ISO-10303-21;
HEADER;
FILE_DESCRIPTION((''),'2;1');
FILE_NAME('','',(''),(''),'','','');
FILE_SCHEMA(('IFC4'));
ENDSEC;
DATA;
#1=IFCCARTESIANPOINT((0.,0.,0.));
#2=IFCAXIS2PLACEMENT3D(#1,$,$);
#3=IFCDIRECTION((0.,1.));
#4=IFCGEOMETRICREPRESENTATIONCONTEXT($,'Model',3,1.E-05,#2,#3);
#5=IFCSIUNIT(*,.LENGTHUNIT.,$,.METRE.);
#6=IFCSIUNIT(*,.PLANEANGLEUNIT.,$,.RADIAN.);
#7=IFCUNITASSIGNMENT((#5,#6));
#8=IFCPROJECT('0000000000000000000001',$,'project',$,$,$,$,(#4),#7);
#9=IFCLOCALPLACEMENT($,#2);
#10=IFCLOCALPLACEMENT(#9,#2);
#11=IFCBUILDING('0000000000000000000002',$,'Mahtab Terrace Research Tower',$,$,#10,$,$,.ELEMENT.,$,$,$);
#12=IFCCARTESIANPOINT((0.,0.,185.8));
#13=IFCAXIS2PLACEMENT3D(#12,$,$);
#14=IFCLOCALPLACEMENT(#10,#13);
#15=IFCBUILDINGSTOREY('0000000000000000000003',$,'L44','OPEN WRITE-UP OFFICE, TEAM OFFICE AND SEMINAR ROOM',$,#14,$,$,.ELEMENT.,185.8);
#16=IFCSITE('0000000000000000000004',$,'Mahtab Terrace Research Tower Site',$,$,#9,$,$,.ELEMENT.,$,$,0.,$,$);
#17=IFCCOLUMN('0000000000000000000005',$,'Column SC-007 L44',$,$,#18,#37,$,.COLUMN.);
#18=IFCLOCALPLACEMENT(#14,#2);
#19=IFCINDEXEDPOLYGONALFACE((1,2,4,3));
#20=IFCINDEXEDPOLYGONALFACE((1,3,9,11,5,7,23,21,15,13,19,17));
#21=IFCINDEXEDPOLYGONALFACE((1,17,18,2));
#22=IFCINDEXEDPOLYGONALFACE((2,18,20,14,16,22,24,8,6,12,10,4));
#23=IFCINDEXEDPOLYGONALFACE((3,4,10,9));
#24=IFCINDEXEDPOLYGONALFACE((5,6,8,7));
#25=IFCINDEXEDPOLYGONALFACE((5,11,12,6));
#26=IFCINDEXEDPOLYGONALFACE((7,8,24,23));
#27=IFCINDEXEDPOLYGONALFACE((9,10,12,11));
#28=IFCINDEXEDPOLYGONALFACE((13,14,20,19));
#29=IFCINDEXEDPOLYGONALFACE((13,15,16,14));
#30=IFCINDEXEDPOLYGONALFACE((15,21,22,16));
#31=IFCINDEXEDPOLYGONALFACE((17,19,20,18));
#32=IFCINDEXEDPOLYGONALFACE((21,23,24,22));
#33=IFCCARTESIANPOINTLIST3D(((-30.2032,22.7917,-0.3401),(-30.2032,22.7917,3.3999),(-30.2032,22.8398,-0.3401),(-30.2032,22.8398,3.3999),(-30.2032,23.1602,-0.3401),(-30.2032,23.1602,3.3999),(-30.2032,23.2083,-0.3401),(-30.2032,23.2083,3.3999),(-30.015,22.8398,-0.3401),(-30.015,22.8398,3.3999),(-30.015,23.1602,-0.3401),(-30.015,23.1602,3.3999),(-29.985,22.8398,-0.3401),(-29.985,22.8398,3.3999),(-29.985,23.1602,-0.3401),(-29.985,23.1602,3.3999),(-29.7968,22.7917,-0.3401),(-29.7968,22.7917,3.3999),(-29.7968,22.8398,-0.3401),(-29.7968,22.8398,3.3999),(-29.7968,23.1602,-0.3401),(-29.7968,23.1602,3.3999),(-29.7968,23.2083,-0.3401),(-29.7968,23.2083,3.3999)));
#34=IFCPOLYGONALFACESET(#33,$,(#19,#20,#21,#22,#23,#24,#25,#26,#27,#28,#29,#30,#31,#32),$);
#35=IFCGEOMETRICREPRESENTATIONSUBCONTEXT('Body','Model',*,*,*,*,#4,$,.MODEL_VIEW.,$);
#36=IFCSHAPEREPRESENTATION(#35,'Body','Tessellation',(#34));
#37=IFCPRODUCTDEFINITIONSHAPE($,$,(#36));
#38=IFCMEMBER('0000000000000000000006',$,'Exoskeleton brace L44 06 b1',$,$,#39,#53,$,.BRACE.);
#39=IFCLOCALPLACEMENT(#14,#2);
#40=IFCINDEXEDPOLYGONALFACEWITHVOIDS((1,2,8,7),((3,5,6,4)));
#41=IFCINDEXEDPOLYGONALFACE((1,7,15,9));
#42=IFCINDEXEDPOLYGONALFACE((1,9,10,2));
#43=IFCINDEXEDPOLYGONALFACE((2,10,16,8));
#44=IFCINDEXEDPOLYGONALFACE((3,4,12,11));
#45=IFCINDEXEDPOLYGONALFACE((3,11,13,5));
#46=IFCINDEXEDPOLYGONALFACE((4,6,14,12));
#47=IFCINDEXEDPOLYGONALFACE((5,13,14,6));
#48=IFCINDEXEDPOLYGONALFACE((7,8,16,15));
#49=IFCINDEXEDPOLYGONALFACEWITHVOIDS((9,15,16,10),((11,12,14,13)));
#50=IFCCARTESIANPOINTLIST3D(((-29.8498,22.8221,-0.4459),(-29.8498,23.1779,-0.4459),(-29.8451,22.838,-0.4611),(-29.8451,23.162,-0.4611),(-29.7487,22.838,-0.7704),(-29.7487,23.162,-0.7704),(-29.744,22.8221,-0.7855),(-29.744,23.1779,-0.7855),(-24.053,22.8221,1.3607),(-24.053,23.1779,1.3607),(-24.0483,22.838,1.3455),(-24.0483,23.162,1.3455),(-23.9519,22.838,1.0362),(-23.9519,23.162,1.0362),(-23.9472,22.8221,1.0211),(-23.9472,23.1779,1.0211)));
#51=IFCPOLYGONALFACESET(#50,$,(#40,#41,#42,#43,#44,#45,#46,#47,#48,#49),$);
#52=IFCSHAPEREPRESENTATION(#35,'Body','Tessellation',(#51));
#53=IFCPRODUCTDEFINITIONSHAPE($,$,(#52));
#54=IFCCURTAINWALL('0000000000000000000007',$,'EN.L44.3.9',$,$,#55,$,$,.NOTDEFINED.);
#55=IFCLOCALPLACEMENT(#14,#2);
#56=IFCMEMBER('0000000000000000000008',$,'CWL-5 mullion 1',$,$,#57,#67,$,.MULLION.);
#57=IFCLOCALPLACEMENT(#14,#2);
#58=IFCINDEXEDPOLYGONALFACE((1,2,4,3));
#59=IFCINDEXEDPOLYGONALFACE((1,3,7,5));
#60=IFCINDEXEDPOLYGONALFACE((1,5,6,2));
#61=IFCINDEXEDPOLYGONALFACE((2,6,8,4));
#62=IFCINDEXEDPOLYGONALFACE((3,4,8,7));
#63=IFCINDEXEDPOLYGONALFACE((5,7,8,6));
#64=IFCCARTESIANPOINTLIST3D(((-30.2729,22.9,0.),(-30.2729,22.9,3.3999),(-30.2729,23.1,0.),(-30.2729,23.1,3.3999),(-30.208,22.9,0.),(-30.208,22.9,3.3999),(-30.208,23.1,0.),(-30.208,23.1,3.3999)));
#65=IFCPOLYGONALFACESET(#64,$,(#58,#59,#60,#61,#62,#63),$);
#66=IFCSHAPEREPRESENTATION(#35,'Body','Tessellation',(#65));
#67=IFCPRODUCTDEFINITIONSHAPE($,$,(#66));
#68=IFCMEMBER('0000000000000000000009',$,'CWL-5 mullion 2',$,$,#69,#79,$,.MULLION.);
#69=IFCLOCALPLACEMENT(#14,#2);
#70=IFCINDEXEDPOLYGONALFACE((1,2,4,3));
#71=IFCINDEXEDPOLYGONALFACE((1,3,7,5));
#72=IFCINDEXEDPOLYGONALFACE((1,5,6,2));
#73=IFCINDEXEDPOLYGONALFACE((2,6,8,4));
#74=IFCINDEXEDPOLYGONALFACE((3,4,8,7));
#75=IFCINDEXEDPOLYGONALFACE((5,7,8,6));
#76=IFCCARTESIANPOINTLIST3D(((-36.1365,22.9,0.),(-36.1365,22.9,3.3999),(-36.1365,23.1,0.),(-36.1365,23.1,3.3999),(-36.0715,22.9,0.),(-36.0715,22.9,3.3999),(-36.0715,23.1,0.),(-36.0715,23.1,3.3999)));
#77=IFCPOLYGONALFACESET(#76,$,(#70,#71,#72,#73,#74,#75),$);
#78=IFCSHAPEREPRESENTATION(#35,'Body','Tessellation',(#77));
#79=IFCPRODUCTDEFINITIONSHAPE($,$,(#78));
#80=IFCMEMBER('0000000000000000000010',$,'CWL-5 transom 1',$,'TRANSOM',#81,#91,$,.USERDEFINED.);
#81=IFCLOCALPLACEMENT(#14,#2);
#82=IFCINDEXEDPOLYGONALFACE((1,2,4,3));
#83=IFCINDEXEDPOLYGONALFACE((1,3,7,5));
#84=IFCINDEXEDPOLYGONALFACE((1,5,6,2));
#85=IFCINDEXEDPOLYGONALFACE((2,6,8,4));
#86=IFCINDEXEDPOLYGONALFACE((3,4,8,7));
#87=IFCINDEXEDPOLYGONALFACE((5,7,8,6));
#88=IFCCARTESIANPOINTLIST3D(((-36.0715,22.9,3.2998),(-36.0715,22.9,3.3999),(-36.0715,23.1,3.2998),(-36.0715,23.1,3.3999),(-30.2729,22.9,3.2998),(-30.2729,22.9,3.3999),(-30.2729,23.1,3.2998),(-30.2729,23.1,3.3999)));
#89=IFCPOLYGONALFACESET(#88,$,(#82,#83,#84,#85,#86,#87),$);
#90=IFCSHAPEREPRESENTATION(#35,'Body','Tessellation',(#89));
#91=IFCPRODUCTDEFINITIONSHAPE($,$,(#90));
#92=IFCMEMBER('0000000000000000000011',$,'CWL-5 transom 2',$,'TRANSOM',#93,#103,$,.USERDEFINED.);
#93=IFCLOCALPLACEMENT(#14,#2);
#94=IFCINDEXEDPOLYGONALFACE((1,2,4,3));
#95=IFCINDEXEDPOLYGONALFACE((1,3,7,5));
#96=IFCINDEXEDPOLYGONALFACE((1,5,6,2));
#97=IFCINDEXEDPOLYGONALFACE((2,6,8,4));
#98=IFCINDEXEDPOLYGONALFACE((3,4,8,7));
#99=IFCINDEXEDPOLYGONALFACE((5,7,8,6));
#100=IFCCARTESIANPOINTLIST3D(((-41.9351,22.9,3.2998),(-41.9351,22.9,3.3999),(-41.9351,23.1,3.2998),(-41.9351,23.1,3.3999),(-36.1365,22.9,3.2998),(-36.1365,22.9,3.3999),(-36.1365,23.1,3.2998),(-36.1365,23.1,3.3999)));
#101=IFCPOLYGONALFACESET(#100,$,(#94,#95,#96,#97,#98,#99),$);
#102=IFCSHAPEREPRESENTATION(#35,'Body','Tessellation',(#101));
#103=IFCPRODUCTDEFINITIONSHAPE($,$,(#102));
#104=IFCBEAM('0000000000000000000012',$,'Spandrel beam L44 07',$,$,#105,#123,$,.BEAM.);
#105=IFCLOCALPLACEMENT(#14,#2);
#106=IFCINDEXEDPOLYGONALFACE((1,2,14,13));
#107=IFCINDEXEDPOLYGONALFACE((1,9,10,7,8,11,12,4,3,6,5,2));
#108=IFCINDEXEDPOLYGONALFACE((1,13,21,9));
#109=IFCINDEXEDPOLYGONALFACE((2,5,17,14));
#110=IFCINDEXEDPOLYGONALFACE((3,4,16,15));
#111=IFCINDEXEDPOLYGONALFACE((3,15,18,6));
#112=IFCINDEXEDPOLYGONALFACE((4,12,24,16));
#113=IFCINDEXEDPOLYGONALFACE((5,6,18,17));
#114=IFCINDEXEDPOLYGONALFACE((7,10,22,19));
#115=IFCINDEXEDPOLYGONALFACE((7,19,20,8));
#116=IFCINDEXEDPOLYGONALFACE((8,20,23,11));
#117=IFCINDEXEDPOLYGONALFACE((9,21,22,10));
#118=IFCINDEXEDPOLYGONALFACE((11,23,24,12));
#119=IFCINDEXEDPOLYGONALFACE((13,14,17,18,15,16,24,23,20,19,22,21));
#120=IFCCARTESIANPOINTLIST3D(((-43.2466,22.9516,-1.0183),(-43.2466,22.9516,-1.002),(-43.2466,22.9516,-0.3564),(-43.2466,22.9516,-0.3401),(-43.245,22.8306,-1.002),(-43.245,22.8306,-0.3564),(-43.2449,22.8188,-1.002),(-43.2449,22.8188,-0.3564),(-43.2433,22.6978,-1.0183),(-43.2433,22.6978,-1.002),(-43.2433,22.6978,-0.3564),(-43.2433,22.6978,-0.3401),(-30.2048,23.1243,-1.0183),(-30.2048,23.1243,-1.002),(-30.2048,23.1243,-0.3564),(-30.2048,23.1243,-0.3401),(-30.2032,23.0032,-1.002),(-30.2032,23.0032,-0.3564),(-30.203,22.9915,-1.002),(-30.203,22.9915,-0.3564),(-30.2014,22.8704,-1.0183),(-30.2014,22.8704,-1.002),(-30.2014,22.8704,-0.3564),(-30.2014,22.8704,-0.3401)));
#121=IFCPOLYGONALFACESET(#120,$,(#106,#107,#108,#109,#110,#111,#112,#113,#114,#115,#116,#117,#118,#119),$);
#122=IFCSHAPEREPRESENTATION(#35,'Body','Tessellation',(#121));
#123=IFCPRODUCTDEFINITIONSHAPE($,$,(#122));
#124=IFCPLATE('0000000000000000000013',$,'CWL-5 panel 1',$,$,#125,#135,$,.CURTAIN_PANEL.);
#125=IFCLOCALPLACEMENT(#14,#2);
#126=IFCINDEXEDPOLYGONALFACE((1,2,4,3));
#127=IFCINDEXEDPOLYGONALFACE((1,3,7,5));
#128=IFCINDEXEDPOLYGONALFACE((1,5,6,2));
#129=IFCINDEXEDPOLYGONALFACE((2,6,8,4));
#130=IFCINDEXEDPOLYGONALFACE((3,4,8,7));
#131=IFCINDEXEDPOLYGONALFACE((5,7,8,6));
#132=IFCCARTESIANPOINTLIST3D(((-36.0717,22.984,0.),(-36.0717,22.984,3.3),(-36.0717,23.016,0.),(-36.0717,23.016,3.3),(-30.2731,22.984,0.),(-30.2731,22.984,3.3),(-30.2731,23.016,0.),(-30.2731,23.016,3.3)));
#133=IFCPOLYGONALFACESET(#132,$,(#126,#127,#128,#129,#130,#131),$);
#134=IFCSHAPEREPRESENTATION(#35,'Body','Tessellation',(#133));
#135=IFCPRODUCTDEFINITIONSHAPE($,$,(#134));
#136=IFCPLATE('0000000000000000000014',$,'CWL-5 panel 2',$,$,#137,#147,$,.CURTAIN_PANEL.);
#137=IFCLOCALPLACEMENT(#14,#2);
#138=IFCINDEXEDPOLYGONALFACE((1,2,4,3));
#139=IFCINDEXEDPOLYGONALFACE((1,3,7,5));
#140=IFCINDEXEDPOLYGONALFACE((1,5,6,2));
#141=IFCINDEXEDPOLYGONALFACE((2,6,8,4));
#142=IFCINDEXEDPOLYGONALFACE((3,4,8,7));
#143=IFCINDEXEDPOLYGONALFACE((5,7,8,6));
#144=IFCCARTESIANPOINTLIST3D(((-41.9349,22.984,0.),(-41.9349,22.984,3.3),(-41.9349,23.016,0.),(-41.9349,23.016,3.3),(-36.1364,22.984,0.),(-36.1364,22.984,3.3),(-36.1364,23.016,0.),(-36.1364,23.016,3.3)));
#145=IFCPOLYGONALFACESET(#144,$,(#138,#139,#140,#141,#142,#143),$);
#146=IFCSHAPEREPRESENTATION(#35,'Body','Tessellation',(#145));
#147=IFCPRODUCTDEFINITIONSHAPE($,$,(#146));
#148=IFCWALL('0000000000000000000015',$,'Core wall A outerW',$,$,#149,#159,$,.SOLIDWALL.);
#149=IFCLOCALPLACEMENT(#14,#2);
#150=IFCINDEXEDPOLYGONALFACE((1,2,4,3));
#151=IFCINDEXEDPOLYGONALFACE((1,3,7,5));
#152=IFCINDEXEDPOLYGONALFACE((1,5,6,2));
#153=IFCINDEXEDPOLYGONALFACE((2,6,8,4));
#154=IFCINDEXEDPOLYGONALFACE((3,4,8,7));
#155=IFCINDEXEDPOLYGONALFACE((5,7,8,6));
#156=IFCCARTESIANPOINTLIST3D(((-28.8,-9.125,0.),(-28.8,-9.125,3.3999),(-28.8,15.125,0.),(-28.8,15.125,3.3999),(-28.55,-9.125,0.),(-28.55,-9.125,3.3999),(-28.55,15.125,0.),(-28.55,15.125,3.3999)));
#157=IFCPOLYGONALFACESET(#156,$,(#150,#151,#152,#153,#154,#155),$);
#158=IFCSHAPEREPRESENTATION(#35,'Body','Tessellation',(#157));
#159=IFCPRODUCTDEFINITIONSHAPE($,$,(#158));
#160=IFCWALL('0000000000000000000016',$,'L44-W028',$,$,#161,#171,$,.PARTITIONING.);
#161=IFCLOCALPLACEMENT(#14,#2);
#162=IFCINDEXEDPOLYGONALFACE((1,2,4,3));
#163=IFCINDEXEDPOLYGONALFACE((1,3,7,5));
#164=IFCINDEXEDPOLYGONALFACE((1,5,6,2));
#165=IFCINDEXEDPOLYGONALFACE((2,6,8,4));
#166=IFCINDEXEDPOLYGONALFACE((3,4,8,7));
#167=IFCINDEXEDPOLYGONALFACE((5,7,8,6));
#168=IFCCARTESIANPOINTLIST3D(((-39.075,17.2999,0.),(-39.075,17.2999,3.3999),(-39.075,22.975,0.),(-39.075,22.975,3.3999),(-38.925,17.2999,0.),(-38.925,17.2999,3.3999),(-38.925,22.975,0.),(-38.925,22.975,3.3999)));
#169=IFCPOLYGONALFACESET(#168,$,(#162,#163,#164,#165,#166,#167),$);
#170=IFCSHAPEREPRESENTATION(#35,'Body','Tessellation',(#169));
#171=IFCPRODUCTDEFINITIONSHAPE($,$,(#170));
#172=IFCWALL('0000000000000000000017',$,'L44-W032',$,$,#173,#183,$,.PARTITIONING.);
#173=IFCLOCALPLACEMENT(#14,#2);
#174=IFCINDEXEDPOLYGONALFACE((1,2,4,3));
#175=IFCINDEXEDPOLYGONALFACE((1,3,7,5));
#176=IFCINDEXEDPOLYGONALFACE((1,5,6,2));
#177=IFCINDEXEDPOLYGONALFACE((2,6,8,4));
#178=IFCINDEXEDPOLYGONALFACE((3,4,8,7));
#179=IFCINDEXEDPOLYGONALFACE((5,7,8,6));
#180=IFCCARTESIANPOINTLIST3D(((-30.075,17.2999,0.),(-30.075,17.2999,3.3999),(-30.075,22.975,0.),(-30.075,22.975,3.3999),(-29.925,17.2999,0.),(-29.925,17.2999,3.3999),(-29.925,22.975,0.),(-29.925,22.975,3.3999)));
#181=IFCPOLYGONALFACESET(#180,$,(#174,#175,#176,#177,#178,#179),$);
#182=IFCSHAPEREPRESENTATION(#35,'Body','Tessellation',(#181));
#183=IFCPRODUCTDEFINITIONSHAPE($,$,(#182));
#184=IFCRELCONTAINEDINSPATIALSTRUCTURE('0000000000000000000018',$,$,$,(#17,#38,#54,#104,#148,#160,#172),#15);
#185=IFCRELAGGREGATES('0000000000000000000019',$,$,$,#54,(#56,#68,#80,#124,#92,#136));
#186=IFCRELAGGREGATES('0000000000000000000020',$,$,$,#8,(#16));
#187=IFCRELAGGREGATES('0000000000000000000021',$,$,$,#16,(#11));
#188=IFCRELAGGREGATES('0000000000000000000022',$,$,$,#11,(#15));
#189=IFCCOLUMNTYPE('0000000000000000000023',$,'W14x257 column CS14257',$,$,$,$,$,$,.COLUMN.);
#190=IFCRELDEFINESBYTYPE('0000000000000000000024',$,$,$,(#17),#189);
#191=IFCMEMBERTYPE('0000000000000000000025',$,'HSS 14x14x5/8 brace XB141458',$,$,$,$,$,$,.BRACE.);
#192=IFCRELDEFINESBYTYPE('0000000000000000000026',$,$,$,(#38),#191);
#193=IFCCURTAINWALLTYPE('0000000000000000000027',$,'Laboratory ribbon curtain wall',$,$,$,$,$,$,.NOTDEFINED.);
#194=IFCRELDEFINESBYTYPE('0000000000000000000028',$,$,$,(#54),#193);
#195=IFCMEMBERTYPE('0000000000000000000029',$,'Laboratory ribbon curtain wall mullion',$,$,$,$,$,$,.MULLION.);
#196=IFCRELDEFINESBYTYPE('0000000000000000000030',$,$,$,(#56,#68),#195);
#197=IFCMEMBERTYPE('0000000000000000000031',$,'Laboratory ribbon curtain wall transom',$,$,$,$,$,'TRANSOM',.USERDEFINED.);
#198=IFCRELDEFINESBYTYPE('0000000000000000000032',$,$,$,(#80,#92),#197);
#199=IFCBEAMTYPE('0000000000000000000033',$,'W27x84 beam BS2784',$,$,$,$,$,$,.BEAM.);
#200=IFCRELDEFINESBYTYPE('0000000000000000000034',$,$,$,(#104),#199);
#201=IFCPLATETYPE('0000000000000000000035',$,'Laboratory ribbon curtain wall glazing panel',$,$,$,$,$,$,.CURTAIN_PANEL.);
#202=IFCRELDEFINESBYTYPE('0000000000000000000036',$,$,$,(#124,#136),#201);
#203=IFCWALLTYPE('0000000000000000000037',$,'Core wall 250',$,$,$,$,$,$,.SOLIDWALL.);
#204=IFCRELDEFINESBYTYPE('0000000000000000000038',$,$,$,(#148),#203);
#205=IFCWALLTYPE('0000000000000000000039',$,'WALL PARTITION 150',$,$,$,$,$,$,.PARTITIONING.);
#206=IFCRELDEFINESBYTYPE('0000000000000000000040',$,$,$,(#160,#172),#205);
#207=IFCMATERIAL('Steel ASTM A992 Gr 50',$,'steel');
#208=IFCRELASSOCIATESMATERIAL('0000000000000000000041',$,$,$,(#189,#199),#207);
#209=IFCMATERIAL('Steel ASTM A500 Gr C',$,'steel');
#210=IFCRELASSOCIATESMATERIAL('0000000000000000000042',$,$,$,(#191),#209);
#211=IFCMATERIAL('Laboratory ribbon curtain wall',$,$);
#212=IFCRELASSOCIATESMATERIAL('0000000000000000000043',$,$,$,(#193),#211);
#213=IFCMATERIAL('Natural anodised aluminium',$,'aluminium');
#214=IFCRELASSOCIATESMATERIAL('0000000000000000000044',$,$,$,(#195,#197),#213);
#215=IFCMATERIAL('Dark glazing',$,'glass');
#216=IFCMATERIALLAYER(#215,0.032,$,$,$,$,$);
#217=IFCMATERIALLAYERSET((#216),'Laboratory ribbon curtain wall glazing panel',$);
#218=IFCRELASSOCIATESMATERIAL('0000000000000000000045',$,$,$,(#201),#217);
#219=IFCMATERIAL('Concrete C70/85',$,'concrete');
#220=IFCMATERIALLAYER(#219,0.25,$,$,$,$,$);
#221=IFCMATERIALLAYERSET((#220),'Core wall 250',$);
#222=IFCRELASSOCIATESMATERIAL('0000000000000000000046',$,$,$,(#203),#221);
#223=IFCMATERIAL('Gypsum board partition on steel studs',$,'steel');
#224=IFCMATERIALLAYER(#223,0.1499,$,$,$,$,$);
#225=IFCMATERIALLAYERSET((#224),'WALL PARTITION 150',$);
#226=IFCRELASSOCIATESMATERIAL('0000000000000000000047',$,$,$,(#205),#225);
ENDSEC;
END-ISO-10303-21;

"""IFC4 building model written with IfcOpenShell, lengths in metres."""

from ifc_helpers import new_model, si_unit, direction, frame, frame_2d, origin, origin_2d, place, context, subcontext, project, spatial, rectangle, hollow_rectangle, i_section, extrude, material, layer, layer_set, material_profile, profile_set, type_object, element, aggregate, save


model = new_model("IFC4")

# Units and contexts
model_context = context("Model", 3, precision=1e-05, world=origin(), true_north=direction((0.0, 1.0)))
body_context = subcontext(model_context, "Body", "Model", "MODEL_VIEW")
ifc_project = project(units=[si_unit("LENGTHUNIT", "METRE"), si_unit("PLANEANGLEUNIT", "RADIAN")], contexts=[model_context])

# Site, building, storey
site_placement = place(None, origin())
site = spatial("IfcSite", under=ifc_project, at=site_placement, Name="Mahtab Terrace Research Tower Site", CompositionType="ELEMENT", RefElevation=0.0)
building_placement = place(site_placement, origin())
building = spatial("IfcBuilding", under=site, at=building_placement, Name="Mahtab Terrace Research Tower", CompositionType="ELEMENT")
storey_placement = place(building_placement, frame((0.0, 0.0, 185.8)))
storey = spatial("IfcBuildingStorey", under=building, at=storey_placement, Name="L44", Description="OPEN WRITE-UP OFFICE, TEAM OFFICE AND SEMINAR ROOM", CompositionType="ELEMENT", Elevation=185.8)

# Column
ifc_material_1 = material(Name="Steel ASTM A992 Gr 50", Category="steel")
ifc_material_profile_1 = material_profile(ifc_material_1, i_section(OverallWidth=0.4065, OverallDepth=0.4165, WebThickness=0.03, FlangeThickness=0.0481, at=origin_2d()), Name="W14X257")
ifc_profile_set_1 = profile_set([ifc_material_profile_1], Name="Steel ASTM A992 Gr 50")
column_type = type_object("IfcColumnType", Name="W14x257 column CS14257", PredefinedType="COLUMN", material=ifc_profile_set_1)
column_placement = place(storey_placement, frame((-30.0, 23.0, -0.3401), z_axis=(0.0, 0.0, 1.0), x_axis=(1.0, 0.0, 0.0)))
element("IfcColumn", 1, at=column_placement, inside=storey, type_object=column_type, Name="Column SC-007 L44", PredefinedType="COLUMN", context=body_context, shape_type="SweptSolid", body=[
    extrude(i_section(OverallWidth=0.4065, OverallDepth=0.4165, WebThickness=0.03, FlangeThickness=0.0481, at=origin_2d()), origin(), (0.0, 0.0, 1.0), 3.74),
])

# Member
ifc_material_2 = material(Name="Steel ASTM A500 Gr C", Category="steel")
ifc_material_profile_2 = material_profile(ifc_material_2, hollow_rectangle(XDim=0.3557, YDim=0.3557, WallThickness=0.0159, at=origin_2d()), Name="HSS14X14X5/8")
ifc_profile_set_2 = profile_set([ifc_material_profile_2], Name="Steel ASTM A500 Gr C")
member_type_1 = type_object("IfcMemberType", Name="HSS 14x14x5/8 brace XB141458", PredefinedType="BRACE", material=ifc_profile_set_2)
member_1_placement = place(storey_placement, frame((-29.7969, 23.0, -0.6157), z_axis=(0.954709, 0.0, 0.297542), x_axis=(0.0, 1.0, 0.0)))
element("IfcMember", 2, at=member_1_placement, inside=storey, type_object=member_type_1, Name="Exoskeleton brace L44 06 b1", PredefinedType="BRACE", context=body_context, shape_type="SweptSolid", body=[
    extrude(hollow_rectangle(XDim=0.3557, YDim=0.3557, WallThickness=0.0159, at=origin_2d()), origin(), (0.0, 0.0, 1.0), 6.0718),
])

# Curtain wall, members
ifc_material_3 = material(Name="Laboratory ribbon curtain wall")
curtain_wall_type = type_object("IfcCurtainWallType", Name="Laboratory ribbon curtain wall", PredefinedType="NOTDEFINED", material=ifc_material_3)
curtain_wall_placement = place(storey_placement, origin())
curtain_wall = element("IfcCurtainWall", 3, at=curtain_wall_placement, inside=storey, type_object=curtain_wall_type, Name="EN.L44.3.9", PredefinedType="NOTDEFINED")
ifc_material_4 = material(Name="Natural anodised aluminium", Category="aluminium")
ifc_material_profile_3 = material_profile(ifc_material_4, rectangle(XDim=0.2, YDim=0.0649, at=origin_2d()), Name="MULLION 65x200")
ifc_profile_set_3 = profile_set([ifc_material_profile_3], Name="Natural anodised aluminium")
member_type_2 = type_object("IfcMemberType", Name="Laboratory ribbon curtain wall mullion", PredefinedType="MULLION", material=ifc_profile_set_3)
member_2_placement = place(storey_placement, frame((-30.2405, 23.0, 0.0), z_axis=(0.0, 0.0, 1.0), x_axis=(0.0, -1.0, 0.0)))
member_2 = element("IfcMember", 4, at=member_2_placement, type_object=member_type_2, Name="CWL-5 mullion 1", PredefinedType="MULLION", context=body_context, shape_type="SweptSolid", body=[
    extrude(rectangle(XDim=0.2, YDim=0.0649, at=origin_2d()), origin(), (0.0, 0.0, 1.0), 3.3999),
])
member_3_placement = place(storey_placement, frame((-36.104, 23.0, 0.0), z_axis=(0.0, 0.0, 1.0), x_axis=(0.0, -1.0, 0.0)))
member_3 = element("IfcMember", 5, at=member_3_placement, type_object=member_type_2, Name="CWL-5 mullion 2", PredefinedType="MULLION", context=body_context, shape_type="SweptSolid", body=[
    extrude(rectangle(XDim=0.2, YDim=0.0649, at=origin_2d()), origin(), (0.0, 0.0, 1.0), 3.3999),
])
ifc_material_profile_4 = material_profile(ifc_material_4, rectangle(XDim=0.2, YDim=0.1001, at=origin_2d()), Name="TRANSOM 100x200")
ifc_profile_set_4 = profile_set([ifc_material_profile_4], Name="Natural anodised aluminium")
member_type_3 = type_object("IfcMemberType", Name="Laboratory ribbon curtain wall transom", ElementType="TRANSOM", PredefinedType="USERDEFINED", material=ifc_profile_set_4)
member_4_placement = place(storey_placement, frame((-30.2729, 23.0, 3.3499), z_axis=(-1.0, 0.0, 0.0), x_axis=(0.0, -1.0, 0.0)))
member_4 = element("IfcMember", 6, at=member_4_placement, type_object=member_type_3, Name="CWL-5 transom 1", ObjectType="TRANSOM", PredefinedType="USERDEFINED", context=body_context, shape_type="SweptSolid", body=[
    extrude(rectangle(XDim=0.2, YDim=0.1001, at=origin_2d()), origin(), (0.0, 0.0, 1.0), 5.7986),
])
member_5_placement = place(storey_placement, frame((-36.1365, 23.0, 3.3499), z_axis=(-1.0, 0.0, 0.0), x_axis=(0.0, -1.0, 0.0)))
member_5 = element("IfcMember", 7, at=member_5_placement, type_object=member_type_3, Name="CWL-5 transom 2", ObjectType="TRANSOM", PredefinedType="USERDEFINED", context=body_context, shape_type="SweptSolid", body=[
    extrude(rectangle(XDim=0.2, YDim=0.1001, at=origin_2d()), origin(), (0.0, 0.0, 1.0), 5.7986),
])

# Beam
ifc_material_profile_5 = material_profile(ifc_material_1, i_section(OverallWidth=0.2539, OverallDepth=0.6782, WebThickness=0.0117, FlangeThickness=0.0164, at=origin_2d()), Name="W27X84")
ifc_profile_set_5 = profile_set([ifc_material_profile_5], Name="Steel ASTM A992 Gr 50")
beam_type = type_object("IfcBeamType", Name="W27x84 beam BS2784", PredefinedType="BEAM", material=ifc_profile_set_5)
beam_placement = place(storey_placement, frame((-30.2031, 22.9973, -0.6792), z_axis=(-0.999912, -0.013234, 0.0), x_axis=(0.013234, -0.999912, 0.0)))
element("IfcBeam", 8, at=beam_placement, inside=storey, type_object=beam_type, Name="Spandrel beam L44 07", PredefinedType="BEAM", context=body_context, shape_type="SweptSolid", body=[
    extrude(i_section(OverallWidth=0.2539, OverallDepth=0.6782, WebThickness=0.0117, FlangeThickness=0.0164, at=origin_2d()), origin(), (0.0, 0.0, 1.0), 13.043),
])

# Plates
ifc_material_5 = material(Name="Dark glazing", Category="glass")
ifc_layer_1 = layer(ifc_material_5, 0.032)
ifc_layer_set_1 = layer_set([ifc_layer_1], Name="Laboratory ribbon curtain wall glazing panel")
plate_type = type_object("IfcPlateType", Name="Laboratory ribbon curtain wall glazing panel", PredefinedType="CURTAIN_PANEL", material=ifc_layer_set_1)
plate_1_placement = place(storey_placement, frame((-33.1724, 23.0, 0.0), z_axis=(0.0, 0.0, 1.0), x_axis=(-1.0, 0.0, 0.0)))
plate_1 = element("IfcPlate", 9, at=plate_1_placement, type_object=plate_type, Name="CWL-5 panel 1", PredefinedType="CURTAIN_PANEL", context=body_context, shape_type="SweptSolid", body=[
    extrude(rectangle(XDim=5.7986, YDim=0.032, at=origin_2d()), origin(), (0.0, 0.0, 1.0), 3.3),
])
plate_2_placement = place(storey_placement, frame((-39.0356, 23.0, 0.0), z_axis=(0.0, 0.0, 1.0), x_axis=(-1.0, 0.0, 0.0)))
plate_2 = element("IfcPlate", 10, at=plate_2_placement, type_object=plate_type, Name="CWL-5 panel 2", PredefinedType="CURTAIN_PANEL", context=body_context, shape_type="SweptSolid", body=[
    extrude(rectangle(XDim=5.7986, YDim=0.032, at=origin_2d()), origin(), (0.0, 0.0, 1.0), 3.3),
])
aggregate(curtain_wall, [member_2, member_3, member_4, plate_1, member_5, plate_2])

# Walls
ifc_material_6 = material(Name="Concrete C70/85", Category="concrete")
ifc_layer_2 = layer(ifc_material_6, 0.25)
ifc_layer_set_2 = layer_set([ifc_layer_2], Name="Core wall 250")
wall_type_1 = type_object("IfcWallType", Name="Core wall 250", PredefinedType="SOLIDWALL", material=ifc_layer_set_2)
wall_placement = place(storey_placement, frame((-28.675, 15.125, 0.0), z_axis=(0.0, 0.0, 1.0), x_axis=(0.0, -1.0, 0.0)))
element("IfcWall", 11, at=wall_placement, inside=storey, type_object=wall_type_1, Name="Core wall A outerW", PredefinedType="SOLIDWALL", context=body_context, shape_type="SweptSolid", body=[
    extrude(rectangle(XDim=24.25, YDim=0.25, at=frame_2d((12.125, 0.0))), origin(), (0.0, 0.0, 1.0), 3.3999),
])
ifc_material_7 = material(Name="Gypsum board partition on steel studs", Category="steel")
ifc_layer_3 = layer(ifc_material_7, 0.1499)
ifc_layer_set_3 = layer_set([ifc_layer_3], Name="WALL PARTITION 150")
wall_type_2 = type_object("IfcWallType", Name="WALL PARTITION 150", PredefinedType="PARTITIONING", material=ifc_layer_set_3)
for number, where, z_axis, x_axis, name in (
    (12, (-39.0, 17.3, 0.0), (0.0, 0.0, 1.0), (0.0, 1.0, 0.0), "L44-W028"),
    (13, (-30.0, 17.3, 0.0), (0.0, 0.0, 1.0), (0.0, 1.0, 0.0), "L44-W032"),
):
    element("IfcWall", number, at=place(storey_placement, frame(where, z_axis=z_axis, x_axis=x_axis)), inside=storey, type_object=wall_type_2, Name=name, PredefinedType="PARTITIONING", context=body_context, shape_type="SweptSolid", body=[
        extrude(rectangle(XDim=5.675, YDim=0.1499, at=frame_2d((2.8374, 0.0))), origin(), (0.0, 0.0, 1.0), 3.3999),
    ])

save(model, "model.ifc")
